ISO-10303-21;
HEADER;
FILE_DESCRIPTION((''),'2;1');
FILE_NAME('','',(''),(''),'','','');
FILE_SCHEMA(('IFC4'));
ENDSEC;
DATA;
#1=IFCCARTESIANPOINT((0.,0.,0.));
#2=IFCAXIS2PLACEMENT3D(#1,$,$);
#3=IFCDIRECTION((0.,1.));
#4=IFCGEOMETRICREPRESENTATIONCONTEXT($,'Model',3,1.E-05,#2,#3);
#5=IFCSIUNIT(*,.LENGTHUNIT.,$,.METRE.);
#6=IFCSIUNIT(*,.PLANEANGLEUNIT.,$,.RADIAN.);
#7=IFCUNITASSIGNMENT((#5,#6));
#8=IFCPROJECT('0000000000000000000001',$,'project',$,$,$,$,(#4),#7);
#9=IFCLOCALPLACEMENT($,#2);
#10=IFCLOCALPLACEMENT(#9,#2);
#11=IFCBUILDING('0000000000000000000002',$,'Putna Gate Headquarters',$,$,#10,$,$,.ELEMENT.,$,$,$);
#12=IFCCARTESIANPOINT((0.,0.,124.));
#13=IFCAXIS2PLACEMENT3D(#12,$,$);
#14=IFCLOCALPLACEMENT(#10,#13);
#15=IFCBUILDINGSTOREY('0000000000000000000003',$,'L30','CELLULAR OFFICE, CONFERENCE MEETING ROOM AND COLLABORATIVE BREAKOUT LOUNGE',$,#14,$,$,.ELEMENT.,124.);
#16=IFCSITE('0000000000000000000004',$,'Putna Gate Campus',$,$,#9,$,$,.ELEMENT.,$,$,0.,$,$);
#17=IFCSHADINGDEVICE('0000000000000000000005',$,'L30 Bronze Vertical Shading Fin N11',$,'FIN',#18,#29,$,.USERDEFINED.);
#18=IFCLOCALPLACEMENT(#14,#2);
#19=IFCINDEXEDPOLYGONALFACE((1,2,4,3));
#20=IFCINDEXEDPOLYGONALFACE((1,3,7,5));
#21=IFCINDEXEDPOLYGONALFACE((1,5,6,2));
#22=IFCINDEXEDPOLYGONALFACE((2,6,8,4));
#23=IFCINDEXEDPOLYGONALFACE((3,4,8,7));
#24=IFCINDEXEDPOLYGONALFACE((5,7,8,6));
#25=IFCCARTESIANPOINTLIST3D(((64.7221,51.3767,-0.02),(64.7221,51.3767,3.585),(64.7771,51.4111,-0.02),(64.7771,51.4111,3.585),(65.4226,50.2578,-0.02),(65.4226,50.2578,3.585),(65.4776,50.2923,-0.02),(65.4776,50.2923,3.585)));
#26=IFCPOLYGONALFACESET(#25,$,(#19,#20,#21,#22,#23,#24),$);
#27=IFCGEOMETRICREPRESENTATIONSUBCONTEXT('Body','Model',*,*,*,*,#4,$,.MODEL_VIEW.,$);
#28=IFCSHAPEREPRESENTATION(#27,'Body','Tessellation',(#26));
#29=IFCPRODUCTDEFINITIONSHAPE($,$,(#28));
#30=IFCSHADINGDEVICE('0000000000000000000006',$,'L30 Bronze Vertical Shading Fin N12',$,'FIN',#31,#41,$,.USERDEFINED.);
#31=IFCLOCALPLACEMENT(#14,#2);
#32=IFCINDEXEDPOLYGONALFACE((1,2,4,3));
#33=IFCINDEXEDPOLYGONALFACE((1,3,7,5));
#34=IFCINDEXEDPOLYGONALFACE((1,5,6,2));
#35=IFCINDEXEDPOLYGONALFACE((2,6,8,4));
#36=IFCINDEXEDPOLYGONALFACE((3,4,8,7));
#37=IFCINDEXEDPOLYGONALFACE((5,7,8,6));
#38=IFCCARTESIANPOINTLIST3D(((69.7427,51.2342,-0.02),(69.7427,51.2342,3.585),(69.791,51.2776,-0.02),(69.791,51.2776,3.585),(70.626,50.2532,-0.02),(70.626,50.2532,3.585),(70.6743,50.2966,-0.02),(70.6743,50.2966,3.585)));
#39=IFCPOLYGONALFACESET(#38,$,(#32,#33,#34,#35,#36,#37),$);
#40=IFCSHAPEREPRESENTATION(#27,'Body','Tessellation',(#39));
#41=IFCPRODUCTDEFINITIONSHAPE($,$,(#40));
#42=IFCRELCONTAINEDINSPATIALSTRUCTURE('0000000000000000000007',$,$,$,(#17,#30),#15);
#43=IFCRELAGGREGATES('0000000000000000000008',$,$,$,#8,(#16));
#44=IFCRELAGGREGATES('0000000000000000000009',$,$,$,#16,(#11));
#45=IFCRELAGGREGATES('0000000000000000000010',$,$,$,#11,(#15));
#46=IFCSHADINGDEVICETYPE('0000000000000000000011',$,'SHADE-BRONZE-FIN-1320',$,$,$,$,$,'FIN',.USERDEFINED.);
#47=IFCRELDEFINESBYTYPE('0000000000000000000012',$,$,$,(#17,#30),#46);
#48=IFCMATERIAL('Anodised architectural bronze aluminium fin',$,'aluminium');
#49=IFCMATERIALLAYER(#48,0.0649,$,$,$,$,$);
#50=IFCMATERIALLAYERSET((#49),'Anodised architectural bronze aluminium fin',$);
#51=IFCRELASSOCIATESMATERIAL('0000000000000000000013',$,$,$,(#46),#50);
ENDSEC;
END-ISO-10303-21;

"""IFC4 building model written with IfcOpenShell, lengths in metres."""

from ifc_helpers import new_model, si_unit, direction, frame, origin, origin_2d, place, context, subcontext, project, spatial, rectangle, extrude, material, layer, layer_set, type_object, element, save


model = new_model("IFC4")

# Units and contexts
model_context = context("Model", 3, precision=1e-05, world=origin(), true_north=direction((0.0, 1.0)))
body_context = subcontext(model_context, "Body", "Model", "MODEL_VIEW")
ifc_project = project(units=[si_unit("LENGTHUNIT", "METRE"), si_unit("PLANEANGLEUNIT", "RADIAN")], contexts=[model_context])

# Site, building, storey
site_placement = place(None, origin())
site = spatial("IfcSite", under=ifc_project, at=site_placement, Name="Putna Gate Campus", CompositionType="ELEMENT", RefElevation=0.0)
building_placement = place(site_placement, origin())
building = spatial("IfcBuilding", under=site, at=building_placement, Name="Putna Gate Headquarters", CompositionType="ELEMENT")
storey_placement = place(building_placement, frame((0.0, 0.0, 124.0)))
storey = spatial("IfcBuildingStorey", under=building, at=storey_placement, Name="L30", Description="CELLULAR OFFICE, CONFERENCE MEETING ROOM AND COLLABORATIVE BREAKOUT LOUNGE", CompositionType="ELEMENT", Elevation=124.0)

# Shading devices
ifc_material_1 = material(Name="Anodised architectural bronze aluminium fin", Category="aluminium")
ifc_layer_1 = layer(ifc_material_1, 0.0649)
ifc_layer_set_1 = layer_set([ifc_layer_1], Name="Anodised architectural bronze aluminium fin")
shading_device_type = type_object("IfcShadingDeviceType", Name="SHADE-BRONZE-FIN-1320", ElementType="FIN", PredefinedType="USERDEFINED", material=ifc_layer_set_1)
for number, where, z_axis, x_axis, name in (
    (1, (65.0999, 50.8345, -0.02), (0.0, 0.0, 1.0), (-0.530659, 0.847585, 0.0), "L30 Bronze Vertical Shading Fin N11"),
    (2, (70.2085, 50.7654, -0.02), (0.0, 0.0, 1.0), (-0.669131, 0.743145, 0.0), "L30 Bronze Vertical Shading Fin N12"),
):
    element("IfcShadingDevice", number, at=place(storey_placement, frame(where, z_axis=z_axis, x_axis=x_axis)), inside=storey, type_object=shading_device_type, Name=name, ObjectType="FIN", PredefinedType="USERDEFINED", context=body_context, shape_type="SweptSolid", body=[
        extrude(rectangle(XDim=1.3201, YDim=0.0649, at=origin_2d()), origin(), (0.0, 0.0, 1.0), 3.605),
    ])

save(model, "model.ifc")
